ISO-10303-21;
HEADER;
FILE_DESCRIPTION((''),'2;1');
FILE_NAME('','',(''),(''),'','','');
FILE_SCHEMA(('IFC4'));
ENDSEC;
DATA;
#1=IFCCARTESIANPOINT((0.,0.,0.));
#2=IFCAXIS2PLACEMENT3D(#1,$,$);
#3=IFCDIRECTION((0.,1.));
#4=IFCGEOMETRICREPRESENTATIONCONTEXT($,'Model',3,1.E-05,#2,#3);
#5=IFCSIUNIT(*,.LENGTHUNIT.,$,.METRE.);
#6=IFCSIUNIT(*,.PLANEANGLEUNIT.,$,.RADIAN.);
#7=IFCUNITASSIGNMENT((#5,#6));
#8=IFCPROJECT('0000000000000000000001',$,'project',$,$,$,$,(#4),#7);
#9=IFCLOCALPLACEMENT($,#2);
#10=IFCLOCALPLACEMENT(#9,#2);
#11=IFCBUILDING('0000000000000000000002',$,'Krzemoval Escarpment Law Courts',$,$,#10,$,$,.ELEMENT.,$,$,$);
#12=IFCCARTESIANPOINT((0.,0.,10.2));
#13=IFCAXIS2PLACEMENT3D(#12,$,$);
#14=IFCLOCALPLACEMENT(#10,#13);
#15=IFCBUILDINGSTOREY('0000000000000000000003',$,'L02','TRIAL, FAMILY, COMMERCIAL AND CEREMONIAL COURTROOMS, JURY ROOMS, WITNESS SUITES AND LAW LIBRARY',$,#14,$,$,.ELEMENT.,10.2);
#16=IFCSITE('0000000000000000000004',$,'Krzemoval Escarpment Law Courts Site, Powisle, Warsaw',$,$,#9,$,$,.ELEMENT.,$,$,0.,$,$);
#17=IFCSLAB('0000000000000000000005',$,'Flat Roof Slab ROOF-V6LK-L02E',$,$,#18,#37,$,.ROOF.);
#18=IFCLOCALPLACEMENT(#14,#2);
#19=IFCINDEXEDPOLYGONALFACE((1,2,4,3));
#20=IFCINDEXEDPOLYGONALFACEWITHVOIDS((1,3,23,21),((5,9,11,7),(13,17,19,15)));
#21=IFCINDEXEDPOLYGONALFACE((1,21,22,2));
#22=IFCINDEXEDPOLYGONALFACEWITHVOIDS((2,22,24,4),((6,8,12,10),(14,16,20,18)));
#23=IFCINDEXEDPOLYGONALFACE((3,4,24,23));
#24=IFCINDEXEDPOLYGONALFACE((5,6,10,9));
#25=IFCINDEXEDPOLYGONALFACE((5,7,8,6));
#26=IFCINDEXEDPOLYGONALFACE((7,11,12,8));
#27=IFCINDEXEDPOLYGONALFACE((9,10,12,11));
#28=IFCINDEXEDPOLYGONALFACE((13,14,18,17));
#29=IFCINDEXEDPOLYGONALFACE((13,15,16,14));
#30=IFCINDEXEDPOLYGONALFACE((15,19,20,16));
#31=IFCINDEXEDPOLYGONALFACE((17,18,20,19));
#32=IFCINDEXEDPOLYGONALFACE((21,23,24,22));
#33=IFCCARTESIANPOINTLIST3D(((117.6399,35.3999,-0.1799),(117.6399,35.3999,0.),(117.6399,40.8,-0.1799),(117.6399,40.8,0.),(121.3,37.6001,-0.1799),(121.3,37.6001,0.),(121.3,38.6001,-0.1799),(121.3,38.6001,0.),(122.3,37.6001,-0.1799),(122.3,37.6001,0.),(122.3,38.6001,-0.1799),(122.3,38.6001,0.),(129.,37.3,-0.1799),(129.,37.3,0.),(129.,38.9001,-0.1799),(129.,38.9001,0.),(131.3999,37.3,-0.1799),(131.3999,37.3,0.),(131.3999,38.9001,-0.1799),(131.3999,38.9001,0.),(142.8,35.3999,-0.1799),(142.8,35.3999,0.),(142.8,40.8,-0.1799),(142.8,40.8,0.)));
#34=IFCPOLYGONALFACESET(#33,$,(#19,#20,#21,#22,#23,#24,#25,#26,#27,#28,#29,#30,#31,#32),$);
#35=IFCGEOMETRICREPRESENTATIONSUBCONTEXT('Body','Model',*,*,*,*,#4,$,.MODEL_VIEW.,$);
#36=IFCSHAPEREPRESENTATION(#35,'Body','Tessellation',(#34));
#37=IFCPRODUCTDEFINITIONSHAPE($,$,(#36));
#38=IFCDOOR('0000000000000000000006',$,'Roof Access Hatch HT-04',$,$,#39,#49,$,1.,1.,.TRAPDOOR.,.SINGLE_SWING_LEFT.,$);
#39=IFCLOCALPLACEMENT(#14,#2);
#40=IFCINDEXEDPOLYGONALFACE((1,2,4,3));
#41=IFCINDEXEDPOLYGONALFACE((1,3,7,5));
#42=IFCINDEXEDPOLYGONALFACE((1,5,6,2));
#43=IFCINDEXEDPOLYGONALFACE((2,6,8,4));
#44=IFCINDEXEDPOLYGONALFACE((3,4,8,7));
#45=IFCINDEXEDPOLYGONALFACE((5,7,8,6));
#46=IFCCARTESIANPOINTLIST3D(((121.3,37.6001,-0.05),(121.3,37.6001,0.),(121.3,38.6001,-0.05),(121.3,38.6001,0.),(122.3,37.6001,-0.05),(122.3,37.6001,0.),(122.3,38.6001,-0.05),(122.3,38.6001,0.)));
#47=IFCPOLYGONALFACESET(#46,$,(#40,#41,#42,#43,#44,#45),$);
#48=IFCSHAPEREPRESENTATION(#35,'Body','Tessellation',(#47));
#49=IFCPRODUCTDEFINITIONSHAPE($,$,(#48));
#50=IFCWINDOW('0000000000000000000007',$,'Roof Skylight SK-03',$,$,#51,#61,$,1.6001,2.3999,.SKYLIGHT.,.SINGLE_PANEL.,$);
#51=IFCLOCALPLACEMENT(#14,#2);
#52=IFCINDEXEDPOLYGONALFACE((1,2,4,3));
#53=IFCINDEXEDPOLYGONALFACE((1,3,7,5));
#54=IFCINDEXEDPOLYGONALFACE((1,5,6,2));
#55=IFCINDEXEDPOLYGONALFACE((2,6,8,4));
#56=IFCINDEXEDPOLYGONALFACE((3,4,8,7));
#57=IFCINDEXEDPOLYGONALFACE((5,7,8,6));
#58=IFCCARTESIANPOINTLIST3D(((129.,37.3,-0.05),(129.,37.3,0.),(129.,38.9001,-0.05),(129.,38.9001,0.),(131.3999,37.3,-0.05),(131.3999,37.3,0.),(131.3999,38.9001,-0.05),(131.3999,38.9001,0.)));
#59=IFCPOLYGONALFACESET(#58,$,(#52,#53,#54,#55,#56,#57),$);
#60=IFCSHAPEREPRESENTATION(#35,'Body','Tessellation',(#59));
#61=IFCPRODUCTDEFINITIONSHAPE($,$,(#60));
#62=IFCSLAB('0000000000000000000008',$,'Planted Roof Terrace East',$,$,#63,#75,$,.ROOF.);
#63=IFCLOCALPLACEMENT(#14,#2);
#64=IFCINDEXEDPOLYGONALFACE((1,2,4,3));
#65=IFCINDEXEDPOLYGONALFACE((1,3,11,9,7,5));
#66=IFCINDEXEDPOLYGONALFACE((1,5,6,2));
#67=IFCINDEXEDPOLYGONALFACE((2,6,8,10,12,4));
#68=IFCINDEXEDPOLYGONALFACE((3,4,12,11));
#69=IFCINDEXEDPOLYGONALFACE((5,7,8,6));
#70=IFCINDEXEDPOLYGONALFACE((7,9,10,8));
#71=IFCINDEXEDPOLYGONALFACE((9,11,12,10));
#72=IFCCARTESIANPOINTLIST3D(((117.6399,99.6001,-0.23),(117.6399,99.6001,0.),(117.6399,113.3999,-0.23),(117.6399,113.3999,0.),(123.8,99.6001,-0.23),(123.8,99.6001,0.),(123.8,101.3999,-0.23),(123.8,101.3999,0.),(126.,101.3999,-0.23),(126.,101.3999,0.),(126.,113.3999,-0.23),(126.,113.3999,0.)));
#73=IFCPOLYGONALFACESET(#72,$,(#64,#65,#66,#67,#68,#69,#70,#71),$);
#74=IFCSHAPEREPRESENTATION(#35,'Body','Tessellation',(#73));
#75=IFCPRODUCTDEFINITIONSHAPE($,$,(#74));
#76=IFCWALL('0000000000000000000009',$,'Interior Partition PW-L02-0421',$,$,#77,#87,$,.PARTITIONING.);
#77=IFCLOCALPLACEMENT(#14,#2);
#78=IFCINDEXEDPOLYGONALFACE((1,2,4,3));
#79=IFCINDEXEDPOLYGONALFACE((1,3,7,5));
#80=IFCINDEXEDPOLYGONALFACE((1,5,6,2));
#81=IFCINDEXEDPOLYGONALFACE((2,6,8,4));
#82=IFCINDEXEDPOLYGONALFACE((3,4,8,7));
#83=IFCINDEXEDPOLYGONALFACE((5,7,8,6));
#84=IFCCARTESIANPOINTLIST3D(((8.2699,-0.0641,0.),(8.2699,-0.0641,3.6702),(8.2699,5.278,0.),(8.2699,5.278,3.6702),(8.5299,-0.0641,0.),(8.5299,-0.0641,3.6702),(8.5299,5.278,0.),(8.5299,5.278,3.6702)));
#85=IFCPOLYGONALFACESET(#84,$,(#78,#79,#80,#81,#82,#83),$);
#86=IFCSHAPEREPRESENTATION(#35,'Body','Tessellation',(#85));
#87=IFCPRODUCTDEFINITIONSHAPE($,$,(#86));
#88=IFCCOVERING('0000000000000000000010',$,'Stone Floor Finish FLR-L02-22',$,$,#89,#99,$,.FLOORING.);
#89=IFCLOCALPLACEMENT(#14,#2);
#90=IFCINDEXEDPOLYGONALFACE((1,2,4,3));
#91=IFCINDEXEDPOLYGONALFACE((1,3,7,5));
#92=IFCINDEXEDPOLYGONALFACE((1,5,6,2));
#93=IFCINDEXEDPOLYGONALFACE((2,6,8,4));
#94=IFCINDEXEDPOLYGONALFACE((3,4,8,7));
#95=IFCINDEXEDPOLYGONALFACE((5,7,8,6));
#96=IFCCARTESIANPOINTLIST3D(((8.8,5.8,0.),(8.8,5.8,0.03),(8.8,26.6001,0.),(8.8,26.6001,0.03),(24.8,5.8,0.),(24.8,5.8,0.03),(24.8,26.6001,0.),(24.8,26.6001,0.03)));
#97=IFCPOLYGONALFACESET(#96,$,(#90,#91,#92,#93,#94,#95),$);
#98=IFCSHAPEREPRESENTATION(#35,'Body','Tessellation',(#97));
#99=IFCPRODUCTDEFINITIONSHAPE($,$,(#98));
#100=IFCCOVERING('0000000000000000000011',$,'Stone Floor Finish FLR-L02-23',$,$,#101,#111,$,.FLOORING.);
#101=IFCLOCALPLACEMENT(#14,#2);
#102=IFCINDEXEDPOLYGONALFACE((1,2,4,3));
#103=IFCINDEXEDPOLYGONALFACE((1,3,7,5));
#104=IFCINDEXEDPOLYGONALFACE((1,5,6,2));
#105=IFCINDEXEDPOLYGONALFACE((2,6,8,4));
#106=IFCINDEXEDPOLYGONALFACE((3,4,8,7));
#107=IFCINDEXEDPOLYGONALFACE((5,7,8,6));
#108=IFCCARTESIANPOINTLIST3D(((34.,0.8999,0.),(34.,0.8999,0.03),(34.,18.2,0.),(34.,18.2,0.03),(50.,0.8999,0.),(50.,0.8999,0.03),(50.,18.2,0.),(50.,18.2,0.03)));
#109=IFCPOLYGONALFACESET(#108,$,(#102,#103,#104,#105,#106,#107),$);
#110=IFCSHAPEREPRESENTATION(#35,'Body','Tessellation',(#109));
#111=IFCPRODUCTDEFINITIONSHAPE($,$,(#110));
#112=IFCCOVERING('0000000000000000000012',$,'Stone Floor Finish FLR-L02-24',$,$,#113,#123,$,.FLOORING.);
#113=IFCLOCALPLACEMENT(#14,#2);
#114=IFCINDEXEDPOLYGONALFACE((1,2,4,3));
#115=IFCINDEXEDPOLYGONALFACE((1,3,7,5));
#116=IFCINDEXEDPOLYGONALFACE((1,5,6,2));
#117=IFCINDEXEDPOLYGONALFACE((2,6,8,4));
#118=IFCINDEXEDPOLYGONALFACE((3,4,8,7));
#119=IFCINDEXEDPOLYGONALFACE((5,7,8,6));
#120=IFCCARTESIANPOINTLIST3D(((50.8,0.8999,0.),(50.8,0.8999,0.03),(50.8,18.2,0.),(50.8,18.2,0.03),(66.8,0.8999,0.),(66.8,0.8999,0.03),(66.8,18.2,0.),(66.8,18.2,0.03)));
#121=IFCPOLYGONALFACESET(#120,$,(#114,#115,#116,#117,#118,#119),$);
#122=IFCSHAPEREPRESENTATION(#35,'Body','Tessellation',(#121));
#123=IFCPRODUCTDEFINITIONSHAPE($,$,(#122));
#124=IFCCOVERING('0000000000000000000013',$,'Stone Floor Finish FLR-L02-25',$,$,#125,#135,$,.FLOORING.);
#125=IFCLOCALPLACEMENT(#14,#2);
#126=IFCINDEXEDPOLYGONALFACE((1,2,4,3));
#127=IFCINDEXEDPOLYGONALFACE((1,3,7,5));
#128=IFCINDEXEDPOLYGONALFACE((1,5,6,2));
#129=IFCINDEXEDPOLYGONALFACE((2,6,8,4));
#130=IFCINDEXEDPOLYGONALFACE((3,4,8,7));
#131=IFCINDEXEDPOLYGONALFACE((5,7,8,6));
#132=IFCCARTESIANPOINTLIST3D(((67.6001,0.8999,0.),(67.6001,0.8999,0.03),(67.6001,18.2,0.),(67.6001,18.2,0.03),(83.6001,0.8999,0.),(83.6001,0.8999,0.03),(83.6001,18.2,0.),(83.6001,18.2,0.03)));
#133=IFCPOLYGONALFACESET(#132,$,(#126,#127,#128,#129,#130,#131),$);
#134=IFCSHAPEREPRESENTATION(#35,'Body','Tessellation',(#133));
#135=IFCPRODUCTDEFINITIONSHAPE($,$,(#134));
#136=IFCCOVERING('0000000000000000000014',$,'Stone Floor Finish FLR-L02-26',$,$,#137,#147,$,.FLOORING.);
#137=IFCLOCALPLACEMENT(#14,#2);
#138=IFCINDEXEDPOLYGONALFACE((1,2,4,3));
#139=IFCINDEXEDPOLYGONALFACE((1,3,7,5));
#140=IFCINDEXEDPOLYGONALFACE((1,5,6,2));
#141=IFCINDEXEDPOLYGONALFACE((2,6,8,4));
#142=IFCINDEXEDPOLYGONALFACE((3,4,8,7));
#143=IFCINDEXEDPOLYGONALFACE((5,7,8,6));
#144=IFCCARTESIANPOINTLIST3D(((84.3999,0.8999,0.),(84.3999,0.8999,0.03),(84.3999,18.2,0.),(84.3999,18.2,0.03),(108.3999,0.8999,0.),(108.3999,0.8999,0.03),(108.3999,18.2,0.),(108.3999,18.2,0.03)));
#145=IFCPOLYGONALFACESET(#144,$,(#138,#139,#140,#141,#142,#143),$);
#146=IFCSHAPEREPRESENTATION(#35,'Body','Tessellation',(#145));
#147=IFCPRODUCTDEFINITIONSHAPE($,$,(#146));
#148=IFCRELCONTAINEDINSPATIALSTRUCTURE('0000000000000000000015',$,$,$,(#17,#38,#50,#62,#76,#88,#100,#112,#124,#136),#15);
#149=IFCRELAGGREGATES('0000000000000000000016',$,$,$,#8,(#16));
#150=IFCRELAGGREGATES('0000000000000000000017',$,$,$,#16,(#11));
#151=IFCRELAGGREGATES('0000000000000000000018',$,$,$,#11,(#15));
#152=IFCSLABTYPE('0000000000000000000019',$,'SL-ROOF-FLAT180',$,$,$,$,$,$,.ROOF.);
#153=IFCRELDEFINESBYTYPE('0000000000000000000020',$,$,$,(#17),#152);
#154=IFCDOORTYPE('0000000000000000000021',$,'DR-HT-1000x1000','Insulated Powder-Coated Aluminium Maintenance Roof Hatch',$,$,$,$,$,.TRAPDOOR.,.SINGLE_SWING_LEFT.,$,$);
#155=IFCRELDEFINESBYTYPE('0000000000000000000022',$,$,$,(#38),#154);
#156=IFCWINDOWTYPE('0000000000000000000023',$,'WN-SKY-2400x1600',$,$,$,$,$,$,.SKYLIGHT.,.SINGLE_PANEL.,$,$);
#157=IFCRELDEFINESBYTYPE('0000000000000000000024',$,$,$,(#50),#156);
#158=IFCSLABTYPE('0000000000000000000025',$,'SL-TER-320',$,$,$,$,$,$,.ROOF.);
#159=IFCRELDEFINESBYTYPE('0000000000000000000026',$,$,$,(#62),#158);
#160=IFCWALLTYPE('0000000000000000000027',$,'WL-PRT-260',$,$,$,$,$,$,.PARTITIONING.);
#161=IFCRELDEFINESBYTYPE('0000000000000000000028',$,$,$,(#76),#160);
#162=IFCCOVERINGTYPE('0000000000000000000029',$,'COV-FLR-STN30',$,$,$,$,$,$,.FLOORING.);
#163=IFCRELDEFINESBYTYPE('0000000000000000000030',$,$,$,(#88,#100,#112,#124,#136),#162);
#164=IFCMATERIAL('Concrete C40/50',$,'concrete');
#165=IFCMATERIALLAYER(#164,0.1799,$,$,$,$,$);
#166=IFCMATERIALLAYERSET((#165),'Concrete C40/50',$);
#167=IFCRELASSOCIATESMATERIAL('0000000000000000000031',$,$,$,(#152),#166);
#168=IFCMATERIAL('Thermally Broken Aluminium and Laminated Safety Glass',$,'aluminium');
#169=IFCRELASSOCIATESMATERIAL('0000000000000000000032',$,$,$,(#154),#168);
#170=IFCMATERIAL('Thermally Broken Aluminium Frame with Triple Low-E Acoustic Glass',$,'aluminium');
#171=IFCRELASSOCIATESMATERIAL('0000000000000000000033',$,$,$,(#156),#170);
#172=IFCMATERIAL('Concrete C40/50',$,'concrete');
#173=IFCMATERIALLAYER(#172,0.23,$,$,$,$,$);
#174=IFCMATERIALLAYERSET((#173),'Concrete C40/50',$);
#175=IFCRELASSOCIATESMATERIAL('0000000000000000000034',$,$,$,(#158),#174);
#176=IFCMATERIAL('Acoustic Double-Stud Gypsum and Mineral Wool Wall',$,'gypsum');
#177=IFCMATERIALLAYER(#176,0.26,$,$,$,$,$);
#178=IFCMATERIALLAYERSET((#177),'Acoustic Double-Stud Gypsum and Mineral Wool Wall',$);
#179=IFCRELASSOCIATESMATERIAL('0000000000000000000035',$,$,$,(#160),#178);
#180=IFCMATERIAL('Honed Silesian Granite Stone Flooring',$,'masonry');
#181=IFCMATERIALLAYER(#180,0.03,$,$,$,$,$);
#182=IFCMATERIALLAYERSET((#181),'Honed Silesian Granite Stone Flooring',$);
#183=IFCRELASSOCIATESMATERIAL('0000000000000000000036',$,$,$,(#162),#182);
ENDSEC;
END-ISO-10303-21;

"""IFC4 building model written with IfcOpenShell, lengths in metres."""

from ifc_helpers import new_model, si_unit, direction, frame, frame_2d, origin, origin_2d, place, context, subcontext, project, spatial, polyline, rectangle, outline, extrude, material, layer, layer_set, type_object, element, fill, save


model = new_model("IFC4")

# Units and contexts
model_context = context("Model", 3, precision=1e-05, world=origin(), true_north=direction((0.0, 1.0)))
body_context = subcontext(model_context, "Body", "Model", "MODEL_VIEW")
ifc_project = project(units=[si_unit("LENGTHUNIT", "METRE"), si_unit("PLANEANGLEUNIT", "RADIAN")], contexts=[model_context])

# Site, building, storey
site_placement = place(None, origin())
site = spatial("IfcSite", under=ifc_project, at=site_placement, Name="Krzemoval Escarpment Law Courts Site, Powisle, Warsaw", CompositionType="ELEMENT", RefElevation=0.0)
building_placement = place(site_placement, origin())
building = spatial("IfcBuilding", under=site, at=building_placement, Name="Krzemoval Escarpment Law Courts", CompositionType="ELEMENT")
storey_placement = place(building_placement, frame((0.0, 0.0, 10.2)))
storey = spatial("IfcBuildingStorey", under=building, at=storey_placement, Name="L02", Description="TRIAL, FAMILY, COMMERCIAL AND CEREMONIAL COURTROOMS, JURY ROOMS, WITNESS SUITES AND LAW LIBRARY", CompositionType="ELEMENT", Elevation=10.2)

# Shared definitions
ifc_material_1 = material(Name="Concrete C40/50", Category="concrete")
ifc_layer_1 = layer(ifc_material_1, 0.1799)
ifc_layer_set_1 = layer_set([ifc_layer_1], Name="Concrete C40/50")
slab_type_1 = type_object("IfcSlabType", Name="SL-ROOF-FLAT180", PredefinedType="ROOF", material=ifc_layer_set_1)
ifc_material_2 = material(Name="Thermally Broken Aluminium and Laminated Safety Glass", Category="aluminium")
door_type = type_object("IfcDoorType", Name="DR-HT-1000x1000", Description="Insulated Powder-Coated Aluminium Maintenance Roof Hatch", OperationType="SINGLE_SWING_LEFT", PredefinedType="TRAPDOOR", material=ifc_material_2)
ifc_material_3 = material(Name="Thermally Broken Aluminium Frame with Triple Low-E Acoustic Glass", Category="aluminium")
window_type = type_object("IfcWindowType", Name="WN-SKY-2400x1600", PartitioningType="SINGLE_PANEL", PredefinedType="SKYLIGHT", material=ifc_material_3)

# Slab, openings, door, window
slab_1_placement = place(storey_placement, frame((0.0, 0.0, -0.1799)))
slab_1 = element("IfcSlab", 1, at=slab_1_placement, inside=storey, type_object=slab_type_1, Name="Flat Roof Slab ROOF-V6LK-L02E", PredefinedType="ROOF", context=body_context, shape_type="SweptSolid", body=[
    extrude(outline(polyline([(142.8, 40.8), (142.8, 35.3999), (117.6399, 35.3999), (117.6399, 40.8), (142.8, 40.8)])), origin(), (0.0, 0.0, 1.0), 0.1799),
])
opening_1_placement = place(slab_1_placement, frame((130.2, 38.1001, 0.0)))
opening_1 = element("IfcOpeningElement", 2, at=opening_1_placement, cuts=slab_1, PredefinedType="OPENING", context=body_context, shape_type="SweptSolid", body=[
    extrude(rectangle(XDim=2.3999, YDim=1.6001, at=origin_2d()), frame((0.0, 0.0, -0.015)), (0.0, 0.0, 1.0), 0.2099),
])
opening_2_placement = place(slab_1_placement, frame((121.8, 38.1001, 0.0)))
opening_2 = element("IfcOpeningElement", 3, at=opening_2_placement, cuts=slab_1, PredefinedType="OPENING", context=body_context, shape_type="SweptSolid", body=[
    extrude(rectangle(XDim=1.0, YDim=1.0, at=origin_2d()), frame((0.0, 0.0, -0.015)), (0.0, 0.0, 1.0), 0.2099),
])
door_1_placement = place(opening_2_placement, frame((0.0, 0.0, 0.1299)))
door_1 = element("IfcDoor", 4, at=door_1_placement, inside=storey, type_object=door_type, Name="Roof Access Hatch HT-04", OperationType="SINGLE_SWING_LEFT", OverallHeight=1.0, OverallWidth=1.0, PredefinedType="TRAPDOOR", context=body_context, shape_type="SweptSolid", body=[
    extrude(rectangle(XDim=1.0, YDim=1.0, at=origin_2d()), origin(), (0.0, 0.0, 1.0), 0.05),
])
fill(opening_2, door_1)
window_1_placement = place(opening_1_placement, frame((0.0, 0.0, 0.1299)))
window_1 = element("IfcWindow", 5, at=window_1_placement, inside=storey, type_object=window_type, Name="Roof Skylight SK-03", OverallHeight=1.6001, OverallWidth=2.3999, PartitioningType="SINGLE_PANEL", PredefinedType="SKYLIGHT", context=body_context, shape_type="SweptSolid", body=[
    extrude(rectangle(XDim=2.3999, YDim=1.6001, at=origin_2d()), origin(), (0.0, 0.0, 1.0), 0.05),
])
fill(opening_1, window_1)

# Slab
ifc_material_4 = material(Name="Concrete C40/50", Category="concrete")
ifc_layer_2 = layer(ifc_material_4, 0.23)
ifc_layer_set_2 = layer_set([ifc_layer_2], Name="Concrete C40/50")
slab_type_2 = type_object("IfcSlabType", Name="SL-TER-320", PredefinedType="ROOF", material=ifc_layer_set_2)
slab_2_placement = place(storey_placement, frame((0.0, 0.0, -0.23)))
element("IfcSlab", 6, at=slab_2_placement, inside=storey, type_object=slab_type_2, Name="Planted Roof Terrace East", PredefinedType="ROOF", context=body_context, shape_type="SweptSolid", body=[
    extrude(outline(polyline([(117.6399, 113.3999), (126.0, 113.3999), (126.0, 101.3999), (123.8, 101.3999), (123.8, 99.6001), (117.6399, 99.6001), (117.6399, 113.3999)])), origin(), (0.0, 0.0, 1.0), 0.23),
])

# Wall
ifc_material_5 = material(Name="Acoustic Double-Stud Gypsum and Mineral Wool Wall", Category="gypsum")
ifc_layer_3 = layer(ifc_material_5, 0.26)
ifc_layer_set_3 = layer_set([ifc_layer_3], Name="Acoustic Double-Stud Gypsum and Mineral Wool Wall")
wall_type = type_object("IfcWallType", Name="WL-PRT-260", PredefinedType="PARTITIONING", material=ifc_layer_set_3)
wall_placement = place(storey_placement, frame((8.3999, -0.064, 0.0), z_axis=(0.0, 0.0, 1.0), x_axis=(0.0, 1.0, 0.0)))
element("IfcWall", 7, at=wall_placement, inside=storey, type_object=wall_type, Name="Interior Partition PW-L02-0421", PredefinedType="PARTITIONING", context=body_context, shape_type="SweptSolid", body=[
    extrude(rectangle(XDim=5.342, YDim=0.26, at=frame_2d((2.6709, 0.0))), origin(), (0.0, 0.0, 1.0), 3.6702),
])

# Coverings
ifc_material_6 = material(Name="Honed Silesian Granite Stone Flooring", Category="masonry")
ifc_layer_4 = layer(ifc_material_6, 0.03)
ifc_layer_set_4 = layer_set([ifc_layer_4], Name="Honed Silesian Granite Stone Flooring")
covering_type = type_object("IfcCoveringType", Name="COV-FLR-STN30", PredefinedType="FLOORING", material=ifc_layer_set_4)
covering_1_placement = place(storey_placement, origin())
element("IfcCovering", 8, at=covering_1_placement, inside=storey, type_object=covering_type, Name="Stone Floor Finish FLR-L02-22", PredefinedType="FLOORING", context=body_context, shape_type="SweptSolid", body=[
    extrude(outline(polyline([(8.8, 5.8), (8.8, 26.6001), (24.8, 26.6001), (24.8, 5.8), (8.8, 5.8)])), origin(), (0.0, 0.0, 1.0), 0.03),
])
covering_2_placement = place(storey_placement, origin())
element("IfcCovering", 9, at=covering_2_placement, inside=storey, type_object=covering_type, Name="Stone Floor Finish FLR-L02-23", PredefinedType="FLOORING", context=body_context, shape_type="SweptSolid", body=[
    extrude(outline(polyline([(34.0, 0.8999), (34.0, 18.2), (50.0, 18.2), (50.0, 0.8999), (34.0, 0.8999)])), origin(), (0.0, 0.0, 1.0), 0.03),
])
covering_3_placement = place(storey_placement, origin())
element("IfcCovering", 10, at=covering_3_placement, inside=storey, type_object=covering_type, Name="Stone Floor Finish FLR-L02-24", PredefinedType="FLOORING", context=body_context, shape_type="SweptSolid", body=[
    extrude(outline(polyline([(50.8, 0.8999), (50.8, 18.2), (66.8, 18.2), (66.8, 0.8999), (50.8, 0.8999)])), origin(), (0.0, 0.0, 1.0), 0.03),
])
covering_4_placement = place(storey_placement, origin())
element("IfcCovering", 11, at=covering_4_placement, inside=storey, type_object=covering_type, Name="Stone Floor Finish FLR-L02-25", PredefinedType="FLOORING", context=body_context, shape_type="SweptSolid", body=[
    extrude(outline(polyline([(67.6001, 0.8999), (67.6001, 18.2), (83.6001, 18.2), (83.6001, 0.8999), (67.6001, 0.8999)])), origin(), (0.0, 0.0, 1.0), 0.03),
])
covering_5_placement = place(storey_placement, origin())
element("IfcCovering", 12, at=covering_5_placement, inside=storey, type_object=covering_type, Name="Stone Floor Finish FLR-L02-26", PredefinedType="FLOORING", context=body_context, shape_type="SweptSolid", body=[
    extrude(outline(polyline([(84.3999, 0.8999), (84.3999, 18.2), (108.3999, 18.2), (108.3999, 0.8999), (84.3999, 0.8999)])), origin(), (0.0, 0.0, 1.0), 0.03),
])

save(model, "model.ifc")
